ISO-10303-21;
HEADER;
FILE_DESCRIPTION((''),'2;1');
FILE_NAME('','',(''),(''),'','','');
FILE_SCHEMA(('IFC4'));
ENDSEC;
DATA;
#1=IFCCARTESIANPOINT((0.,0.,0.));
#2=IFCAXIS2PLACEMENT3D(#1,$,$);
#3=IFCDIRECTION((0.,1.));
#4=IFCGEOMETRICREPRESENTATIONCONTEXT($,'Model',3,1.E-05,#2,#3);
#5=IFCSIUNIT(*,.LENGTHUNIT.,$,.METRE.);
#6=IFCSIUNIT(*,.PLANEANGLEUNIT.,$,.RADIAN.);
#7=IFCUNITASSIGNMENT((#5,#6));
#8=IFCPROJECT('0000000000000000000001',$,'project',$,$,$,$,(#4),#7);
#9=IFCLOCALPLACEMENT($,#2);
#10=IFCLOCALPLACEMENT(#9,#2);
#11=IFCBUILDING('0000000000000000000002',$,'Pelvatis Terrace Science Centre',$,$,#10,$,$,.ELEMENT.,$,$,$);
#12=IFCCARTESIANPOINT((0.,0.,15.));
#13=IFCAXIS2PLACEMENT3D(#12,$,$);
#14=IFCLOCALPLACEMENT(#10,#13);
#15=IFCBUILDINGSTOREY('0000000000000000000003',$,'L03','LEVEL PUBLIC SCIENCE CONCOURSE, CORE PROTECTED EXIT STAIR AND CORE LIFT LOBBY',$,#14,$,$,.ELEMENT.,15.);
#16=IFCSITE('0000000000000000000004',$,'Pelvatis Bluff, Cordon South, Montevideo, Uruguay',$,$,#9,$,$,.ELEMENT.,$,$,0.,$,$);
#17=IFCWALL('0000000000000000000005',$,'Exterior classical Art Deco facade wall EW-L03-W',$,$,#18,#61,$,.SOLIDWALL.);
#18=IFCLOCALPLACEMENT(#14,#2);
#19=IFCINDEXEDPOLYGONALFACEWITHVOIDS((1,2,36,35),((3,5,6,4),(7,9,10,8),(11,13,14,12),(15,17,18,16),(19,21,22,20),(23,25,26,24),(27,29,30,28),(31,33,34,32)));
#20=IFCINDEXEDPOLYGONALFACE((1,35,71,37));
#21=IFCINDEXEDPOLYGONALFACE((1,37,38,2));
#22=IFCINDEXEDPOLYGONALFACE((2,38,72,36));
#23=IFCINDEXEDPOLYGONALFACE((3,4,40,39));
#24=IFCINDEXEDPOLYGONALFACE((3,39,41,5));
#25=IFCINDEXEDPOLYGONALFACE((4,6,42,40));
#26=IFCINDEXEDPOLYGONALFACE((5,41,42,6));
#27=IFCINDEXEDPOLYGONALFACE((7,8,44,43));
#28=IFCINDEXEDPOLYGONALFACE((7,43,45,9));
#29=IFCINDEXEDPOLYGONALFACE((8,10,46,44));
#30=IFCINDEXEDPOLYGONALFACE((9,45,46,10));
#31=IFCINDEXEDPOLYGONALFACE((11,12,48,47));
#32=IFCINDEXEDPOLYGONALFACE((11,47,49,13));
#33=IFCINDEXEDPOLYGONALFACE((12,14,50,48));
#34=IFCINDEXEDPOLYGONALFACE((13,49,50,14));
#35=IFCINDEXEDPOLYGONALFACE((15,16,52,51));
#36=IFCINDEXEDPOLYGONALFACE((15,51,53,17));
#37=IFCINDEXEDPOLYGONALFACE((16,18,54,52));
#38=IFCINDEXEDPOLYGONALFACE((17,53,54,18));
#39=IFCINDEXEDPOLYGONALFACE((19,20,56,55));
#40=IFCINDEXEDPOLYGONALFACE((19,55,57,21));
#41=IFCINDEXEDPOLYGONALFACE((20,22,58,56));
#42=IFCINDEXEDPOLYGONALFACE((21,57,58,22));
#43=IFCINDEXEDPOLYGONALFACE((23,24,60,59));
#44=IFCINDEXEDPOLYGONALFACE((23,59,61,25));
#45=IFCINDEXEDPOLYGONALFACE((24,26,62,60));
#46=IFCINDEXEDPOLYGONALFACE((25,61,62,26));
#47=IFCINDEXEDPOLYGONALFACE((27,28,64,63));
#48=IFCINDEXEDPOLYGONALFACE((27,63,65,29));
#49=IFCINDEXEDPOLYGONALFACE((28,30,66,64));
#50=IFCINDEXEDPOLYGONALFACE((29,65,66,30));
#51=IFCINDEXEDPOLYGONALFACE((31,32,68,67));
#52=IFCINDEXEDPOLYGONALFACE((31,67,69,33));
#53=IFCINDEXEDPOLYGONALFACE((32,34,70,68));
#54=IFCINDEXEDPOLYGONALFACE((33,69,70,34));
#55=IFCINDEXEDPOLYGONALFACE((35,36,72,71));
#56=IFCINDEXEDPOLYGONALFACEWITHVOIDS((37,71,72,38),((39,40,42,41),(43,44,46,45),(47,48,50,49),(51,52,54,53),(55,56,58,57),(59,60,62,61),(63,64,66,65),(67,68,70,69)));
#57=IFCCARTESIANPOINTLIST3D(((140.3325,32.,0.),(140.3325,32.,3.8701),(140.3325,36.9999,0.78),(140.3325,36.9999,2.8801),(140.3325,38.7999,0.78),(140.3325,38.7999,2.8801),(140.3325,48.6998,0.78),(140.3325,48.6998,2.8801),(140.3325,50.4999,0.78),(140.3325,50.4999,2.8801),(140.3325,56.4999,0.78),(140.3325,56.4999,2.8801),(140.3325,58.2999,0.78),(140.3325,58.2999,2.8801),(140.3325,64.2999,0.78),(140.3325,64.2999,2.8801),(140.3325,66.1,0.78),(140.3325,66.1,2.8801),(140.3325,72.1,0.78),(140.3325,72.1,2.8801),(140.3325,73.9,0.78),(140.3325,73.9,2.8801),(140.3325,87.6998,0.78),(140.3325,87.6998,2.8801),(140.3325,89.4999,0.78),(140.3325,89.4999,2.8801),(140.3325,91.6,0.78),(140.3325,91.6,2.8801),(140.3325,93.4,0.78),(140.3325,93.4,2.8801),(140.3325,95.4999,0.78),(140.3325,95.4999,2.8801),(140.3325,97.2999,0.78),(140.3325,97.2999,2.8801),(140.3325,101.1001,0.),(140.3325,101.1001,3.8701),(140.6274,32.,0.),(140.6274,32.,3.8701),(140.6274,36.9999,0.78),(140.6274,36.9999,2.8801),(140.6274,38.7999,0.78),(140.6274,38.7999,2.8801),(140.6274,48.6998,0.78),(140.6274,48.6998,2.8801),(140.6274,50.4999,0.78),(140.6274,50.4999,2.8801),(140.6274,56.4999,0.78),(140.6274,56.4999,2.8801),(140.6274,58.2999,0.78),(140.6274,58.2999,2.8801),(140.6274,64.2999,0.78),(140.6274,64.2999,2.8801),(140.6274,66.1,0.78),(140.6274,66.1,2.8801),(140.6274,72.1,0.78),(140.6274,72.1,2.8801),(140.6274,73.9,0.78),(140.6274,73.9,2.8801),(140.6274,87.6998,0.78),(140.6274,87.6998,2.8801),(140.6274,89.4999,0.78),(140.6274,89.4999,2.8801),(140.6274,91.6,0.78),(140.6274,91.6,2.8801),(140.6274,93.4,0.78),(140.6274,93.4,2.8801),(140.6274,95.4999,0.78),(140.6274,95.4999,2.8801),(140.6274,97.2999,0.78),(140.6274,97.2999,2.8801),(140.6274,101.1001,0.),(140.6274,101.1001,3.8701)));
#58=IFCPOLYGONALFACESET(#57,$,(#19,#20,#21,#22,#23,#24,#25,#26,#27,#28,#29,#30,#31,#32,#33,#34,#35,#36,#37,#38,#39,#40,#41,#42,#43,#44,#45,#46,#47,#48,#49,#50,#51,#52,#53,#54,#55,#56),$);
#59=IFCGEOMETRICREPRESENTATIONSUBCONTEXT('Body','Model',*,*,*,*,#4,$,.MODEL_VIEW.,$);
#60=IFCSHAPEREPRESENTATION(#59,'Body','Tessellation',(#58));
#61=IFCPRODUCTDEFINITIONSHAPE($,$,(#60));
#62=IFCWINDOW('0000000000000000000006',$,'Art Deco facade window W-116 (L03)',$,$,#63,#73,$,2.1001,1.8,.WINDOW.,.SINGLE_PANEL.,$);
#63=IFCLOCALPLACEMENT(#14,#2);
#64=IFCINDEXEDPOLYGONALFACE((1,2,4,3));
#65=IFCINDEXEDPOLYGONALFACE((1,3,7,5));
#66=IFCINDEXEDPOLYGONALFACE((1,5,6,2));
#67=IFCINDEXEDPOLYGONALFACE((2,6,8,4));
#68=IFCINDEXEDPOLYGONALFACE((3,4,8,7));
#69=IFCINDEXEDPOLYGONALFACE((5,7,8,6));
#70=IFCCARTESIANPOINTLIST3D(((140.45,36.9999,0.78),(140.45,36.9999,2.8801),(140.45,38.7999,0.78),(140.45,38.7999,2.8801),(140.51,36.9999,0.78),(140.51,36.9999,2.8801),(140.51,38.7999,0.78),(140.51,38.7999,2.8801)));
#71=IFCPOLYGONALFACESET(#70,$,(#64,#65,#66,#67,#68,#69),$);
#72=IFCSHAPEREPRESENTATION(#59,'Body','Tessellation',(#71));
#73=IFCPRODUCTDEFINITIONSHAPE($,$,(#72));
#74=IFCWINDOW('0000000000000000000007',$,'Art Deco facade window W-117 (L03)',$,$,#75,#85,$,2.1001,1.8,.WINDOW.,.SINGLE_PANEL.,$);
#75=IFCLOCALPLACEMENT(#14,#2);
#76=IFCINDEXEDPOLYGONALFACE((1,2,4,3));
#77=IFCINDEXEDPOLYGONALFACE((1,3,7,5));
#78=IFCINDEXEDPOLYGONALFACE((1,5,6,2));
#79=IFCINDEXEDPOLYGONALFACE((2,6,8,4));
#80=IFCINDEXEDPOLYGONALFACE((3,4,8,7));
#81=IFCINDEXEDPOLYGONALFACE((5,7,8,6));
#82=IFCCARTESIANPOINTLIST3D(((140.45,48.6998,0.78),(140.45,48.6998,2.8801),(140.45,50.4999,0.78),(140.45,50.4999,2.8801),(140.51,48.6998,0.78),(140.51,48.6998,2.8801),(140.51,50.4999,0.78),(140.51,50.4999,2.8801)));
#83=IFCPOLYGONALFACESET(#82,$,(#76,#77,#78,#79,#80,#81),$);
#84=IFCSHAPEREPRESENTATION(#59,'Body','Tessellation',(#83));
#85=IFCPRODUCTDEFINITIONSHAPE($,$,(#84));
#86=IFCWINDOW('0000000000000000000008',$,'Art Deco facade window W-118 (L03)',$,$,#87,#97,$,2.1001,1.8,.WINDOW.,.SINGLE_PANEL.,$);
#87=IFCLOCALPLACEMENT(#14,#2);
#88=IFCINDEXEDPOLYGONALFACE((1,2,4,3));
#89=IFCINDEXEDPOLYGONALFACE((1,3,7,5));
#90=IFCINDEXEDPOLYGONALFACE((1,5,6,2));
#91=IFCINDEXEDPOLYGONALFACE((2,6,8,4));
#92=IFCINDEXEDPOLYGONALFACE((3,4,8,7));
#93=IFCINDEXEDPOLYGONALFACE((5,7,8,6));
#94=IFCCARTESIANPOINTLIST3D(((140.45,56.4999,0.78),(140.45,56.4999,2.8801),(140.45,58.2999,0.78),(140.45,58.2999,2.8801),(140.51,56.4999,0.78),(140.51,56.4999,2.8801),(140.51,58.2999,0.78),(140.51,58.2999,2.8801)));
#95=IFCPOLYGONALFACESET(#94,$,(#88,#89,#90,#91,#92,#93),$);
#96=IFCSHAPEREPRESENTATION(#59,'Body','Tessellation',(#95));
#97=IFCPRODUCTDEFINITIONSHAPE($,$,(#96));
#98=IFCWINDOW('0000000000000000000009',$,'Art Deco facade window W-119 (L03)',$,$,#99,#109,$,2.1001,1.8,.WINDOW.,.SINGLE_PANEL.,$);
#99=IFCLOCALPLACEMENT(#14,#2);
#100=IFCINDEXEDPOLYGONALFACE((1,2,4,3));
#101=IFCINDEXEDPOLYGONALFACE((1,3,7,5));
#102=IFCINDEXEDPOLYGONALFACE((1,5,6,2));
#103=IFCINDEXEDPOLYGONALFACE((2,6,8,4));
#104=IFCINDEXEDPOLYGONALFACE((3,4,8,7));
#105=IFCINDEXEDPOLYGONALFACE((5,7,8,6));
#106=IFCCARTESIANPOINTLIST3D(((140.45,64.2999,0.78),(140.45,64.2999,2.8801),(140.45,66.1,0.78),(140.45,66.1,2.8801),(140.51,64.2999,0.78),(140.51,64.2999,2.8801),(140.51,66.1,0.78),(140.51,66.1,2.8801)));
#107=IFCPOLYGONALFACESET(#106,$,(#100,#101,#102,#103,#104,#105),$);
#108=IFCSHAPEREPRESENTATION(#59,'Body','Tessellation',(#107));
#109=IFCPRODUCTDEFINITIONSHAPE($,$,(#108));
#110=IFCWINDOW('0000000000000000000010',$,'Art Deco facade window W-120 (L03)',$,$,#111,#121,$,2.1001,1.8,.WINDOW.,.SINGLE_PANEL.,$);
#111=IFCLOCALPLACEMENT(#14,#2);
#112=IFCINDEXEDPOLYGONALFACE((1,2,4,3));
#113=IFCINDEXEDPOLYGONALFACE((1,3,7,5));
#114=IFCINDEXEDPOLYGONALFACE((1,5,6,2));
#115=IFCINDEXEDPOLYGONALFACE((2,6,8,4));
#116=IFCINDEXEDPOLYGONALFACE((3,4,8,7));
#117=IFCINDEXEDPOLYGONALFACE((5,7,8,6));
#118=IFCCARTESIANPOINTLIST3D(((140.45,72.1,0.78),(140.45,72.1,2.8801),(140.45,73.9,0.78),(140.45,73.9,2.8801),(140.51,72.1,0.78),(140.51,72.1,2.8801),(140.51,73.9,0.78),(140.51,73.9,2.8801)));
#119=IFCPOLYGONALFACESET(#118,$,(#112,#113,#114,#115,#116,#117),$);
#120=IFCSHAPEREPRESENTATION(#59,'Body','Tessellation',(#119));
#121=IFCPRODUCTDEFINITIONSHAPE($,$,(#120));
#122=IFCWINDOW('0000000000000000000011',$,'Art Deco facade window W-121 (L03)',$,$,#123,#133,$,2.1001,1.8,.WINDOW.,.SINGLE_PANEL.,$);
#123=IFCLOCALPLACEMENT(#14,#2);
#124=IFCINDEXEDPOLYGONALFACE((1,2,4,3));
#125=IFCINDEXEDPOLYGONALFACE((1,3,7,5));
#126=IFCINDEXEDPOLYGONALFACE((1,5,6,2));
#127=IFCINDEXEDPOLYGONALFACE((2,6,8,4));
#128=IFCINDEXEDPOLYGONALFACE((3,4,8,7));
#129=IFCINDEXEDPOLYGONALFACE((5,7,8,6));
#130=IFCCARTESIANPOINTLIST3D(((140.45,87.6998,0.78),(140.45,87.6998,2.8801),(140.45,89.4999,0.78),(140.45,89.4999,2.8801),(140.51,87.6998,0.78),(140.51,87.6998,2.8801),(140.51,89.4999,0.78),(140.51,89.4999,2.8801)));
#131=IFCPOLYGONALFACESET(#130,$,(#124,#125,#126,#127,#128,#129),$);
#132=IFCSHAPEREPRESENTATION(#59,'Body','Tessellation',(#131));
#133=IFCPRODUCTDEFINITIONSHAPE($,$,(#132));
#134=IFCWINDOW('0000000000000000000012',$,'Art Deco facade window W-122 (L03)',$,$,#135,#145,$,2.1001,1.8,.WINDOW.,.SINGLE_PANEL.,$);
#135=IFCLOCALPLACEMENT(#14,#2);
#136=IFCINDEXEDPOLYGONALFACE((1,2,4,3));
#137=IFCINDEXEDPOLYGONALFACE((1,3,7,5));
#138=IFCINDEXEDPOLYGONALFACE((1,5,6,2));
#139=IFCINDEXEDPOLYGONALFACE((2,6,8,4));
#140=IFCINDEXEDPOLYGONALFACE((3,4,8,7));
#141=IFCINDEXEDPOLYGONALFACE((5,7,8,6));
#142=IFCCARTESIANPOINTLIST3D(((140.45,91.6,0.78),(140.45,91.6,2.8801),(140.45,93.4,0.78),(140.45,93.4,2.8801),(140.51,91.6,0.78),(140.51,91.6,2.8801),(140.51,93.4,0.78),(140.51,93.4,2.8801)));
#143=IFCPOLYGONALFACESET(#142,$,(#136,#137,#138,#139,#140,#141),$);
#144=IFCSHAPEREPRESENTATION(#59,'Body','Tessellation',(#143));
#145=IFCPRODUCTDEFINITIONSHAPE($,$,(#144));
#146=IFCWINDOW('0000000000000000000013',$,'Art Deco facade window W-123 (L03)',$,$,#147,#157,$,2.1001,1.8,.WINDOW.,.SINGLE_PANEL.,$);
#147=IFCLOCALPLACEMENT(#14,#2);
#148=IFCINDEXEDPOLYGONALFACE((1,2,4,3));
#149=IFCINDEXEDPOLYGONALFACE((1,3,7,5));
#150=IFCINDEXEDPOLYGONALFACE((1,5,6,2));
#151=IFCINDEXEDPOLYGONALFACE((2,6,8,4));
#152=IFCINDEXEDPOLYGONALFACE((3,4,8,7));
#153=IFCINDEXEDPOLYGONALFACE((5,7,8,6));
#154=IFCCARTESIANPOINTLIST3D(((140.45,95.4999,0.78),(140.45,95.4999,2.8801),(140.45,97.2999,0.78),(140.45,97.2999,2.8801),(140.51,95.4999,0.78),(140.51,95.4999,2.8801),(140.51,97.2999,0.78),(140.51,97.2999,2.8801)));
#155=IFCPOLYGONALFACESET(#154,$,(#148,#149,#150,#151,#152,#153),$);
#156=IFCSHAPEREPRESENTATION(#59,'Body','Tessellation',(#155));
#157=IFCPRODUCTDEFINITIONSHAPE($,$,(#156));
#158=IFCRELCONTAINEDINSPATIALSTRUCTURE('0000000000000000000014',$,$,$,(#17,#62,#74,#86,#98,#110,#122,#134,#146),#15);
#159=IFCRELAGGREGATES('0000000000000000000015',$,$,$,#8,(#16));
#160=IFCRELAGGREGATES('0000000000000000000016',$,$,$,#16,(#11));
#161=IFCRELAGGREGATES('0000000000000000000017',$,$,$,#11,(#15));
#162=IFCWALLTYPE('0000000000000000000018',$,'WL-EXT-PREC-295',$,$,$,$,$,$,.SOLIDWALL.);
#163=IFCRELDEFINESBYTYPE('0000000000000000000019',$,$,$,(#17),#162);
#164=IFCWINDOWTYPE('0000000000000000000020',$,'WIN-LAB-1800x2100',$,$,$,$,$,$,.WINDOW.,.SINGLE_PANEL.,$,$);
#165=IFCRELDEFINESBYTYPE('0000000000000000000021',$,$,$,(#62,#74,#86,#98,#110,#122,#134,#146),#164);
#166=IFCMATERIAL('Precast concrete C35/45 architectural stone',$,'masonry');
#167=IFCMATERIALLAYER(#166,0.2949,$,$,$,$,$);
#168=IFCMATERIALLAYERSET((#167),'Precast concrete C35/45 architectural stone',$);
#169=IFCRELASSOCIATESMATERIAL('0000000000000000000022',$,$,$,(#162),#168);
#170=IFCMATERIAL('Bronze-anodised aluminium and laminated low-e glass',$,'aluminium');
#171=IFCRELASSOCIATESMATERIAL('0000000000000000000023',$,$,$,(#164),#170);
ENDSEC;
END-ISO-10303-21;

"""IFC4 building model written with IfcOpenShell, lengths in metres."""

from ifc_helpers import new_model, si_unit, direction, frame, frame_2d, origin, place, context, subcontext, project, spatial, rectangle, extrude, material, layer, layer_set, type_object, element, fill, save


model = new_model("IFC4")

# Units and contexts
model_context = context("Model", 3, precision=1e-05, world=origin(), true_north=direction((0.0, 1.0)))
body_context = subcontext(model_context, "Body", "Model", "MODEL_VIEW")
ifc_project = project(units=[si_unit("LENGTHUNIT", "METRE"), si_unit("PLANEANGLEUNIT", "RADIAN")], contexts=[model_context])

# Site, building, storey
site_placement = place(None, origin())
site = spatial("IfcSite", under=ifc_project, at=site_placement, Name="Pelvatis Bluff, Cordon South, Montevideo, Uruguay", CompositionType="ELEMENT", RefElevation=0.0)
building_placement = place(site_placement, origin())
building = spatial("IfcBuilding", under=site, at=building_placement, Name="Pelvatis Terrace Science Centre", CompositionType="ELEMENT")
storey_placement = place(building_placement, frame((0.0, 0.0, 15.0)))
storey = spatial("IfcBuildingStorey", under=building, at=storey_placement, Name="L03", Description="LEVEL PUBLIC SCIENCE CONCOURSE, CORE PROTECTED EXIT STAIR AND CORE LIFT LOBBY", CompositionType="ELEMENT", Elevation=15.0)

# Wall, openings, windows
ifc_material_1 = material(Name="Precast concrete C35/45 architectural stone", Category="masonry")
ifc_layer_1 = layer(ifc_material_1, 0.2949)
ifc_layer_set_1 = layer_set([ifc_layer_1], Name="Precast concrete C35/45 architectural stone")
wall_type_1 = type_object("IfcWallType", Name="WL-EXT-PREC-295", PredefinedType="SOLIDWALL", material=ifc_layer_set_1)
wall_1_placement = place(storey_placement, frame((140.48, 32.0, 0.0), z_axis=(0.0, 0.0, 1.0), x_axis=(0.0, 1.0, 0.0)))
wall_1 = element("IfcWall", 1, at=wall_1_placement, inside=storey, type_object=wall_type_1, Name="Exterior classical Art Deco facade wall EW-L03-W", PredefinedType="SOLIDWALL", context=body_context, shape_type="SweptSolid", body=[
    extrude(rectangle(XDim=69.1001, YDim=0.2949, at=frame_2d((34.55, 0.0))), origin(), (0.0, 0.0, 1.0), 3.8701),
])
opening_1_placement = place(wall_1_placement, frame((5.0, 0.0, 0.78)))
opening_1 = element("IfcOpeningElement", 2, at=opening_1_placement, cuts=wall_1, PredefinedType="OPENING", context=body_context, shape_type="SweptSolid", body=[
    extrude(rectangle(XDim=1.8, YDim=2.1001, at=frame_2d((0.8999, 1.05))), frame((0.0, 0.1575, 0.0), z_axis=(0.0, -1.0, 0.0), x_axis=(1.0, 0.0, 0.0)), (0.0, 0.0, 1.0), 0.3149),
])
opening_2_placement = place(wall_1_placement, frame((16.7, 0.0, 0.78)))
opening_2 = element("IfcOpeningElement", 3, at=opening_2_placement, cuts=wall_1, PredefinedType="OPENING", context=body_context, shape_type="SweptSolid", body=[
    extrude(rectangle(XDim=1.8, YDim=2.1001, at=frame_2d((0.8999, 1.05))), frame((0.0, 0.1575, 0.0), z_axis=(0.0, -1.0, 0.0), x_axis=(1.0, 0.0, 0.0)), (0.0, 0.0, 1.0), 0.3149),
])
opening_3_placement = place(wall_1_placement, frame((24.5, 0.0, 0.78)))
opening_3 = element("IfcOpeningElement", 4, at=opening_3_placement, cuts=wall_1, PredefinedType="OPENING", context=body_context, shape_type="SweptSolid", body=[
    extrude(rectangle(XDim=1.8, YDim=2.1001, at=frame_2d((0.8999, 1.05))), frame((0.0, 0.1575, 0.0), z_axis=(0.0, -1.0, 0.0), x_axis=(1.0, 0.0, 0.0)), (0.0, 0.0, 1.0), 0.3149),
])
opening_4_placement = place(wall_1_placement, frame((32.3, 0.0, 0.78)))
opening_4 = element("IfcOpeningElement", 5, at=opening_4_placement, cuts=wall_1, PredefinedType="OPENING", context=body_context, shape_type="SweptSolid", body=[
    extrude(rectangle(XDim=1.8, YDim=2.1001, at=frame_2d((0.8999, 1.05))), frame((0.0, 0.1575, 0.0), z_axis=(0.0, -1.0, 0.0), x_axis=(1.0, 0.0, 0.0)), (0.0, 0.0, 1.0), 0.3149),
])
opening_5_placement = place(wall_1_placement, frame((40.1001, 0.0, 0.78)))
opening_5 = element("IfcOpeningElement", 6, at=opening_5_placement, cuts=wall_1, PredefinedType="OPENING", context=body_context, shape_type="SweptSolid", body=[
    extrude(rectangle(XDim=1.8, YDim=2.1001, at=frame_2d((0.8999, 1.05))), frame((0.0, 0.1575, 0.0), z_axis=(0.0, -1.0, 0.0), x_axis=(1.0, 0.0, 0.0)), (0.0, 0.0, 1.0), 0.3149),
])
opening_6_placement = place(wall_1_placement, frame((55.7, 0.0, 0.78)))
opening_6 = element("IfcOpeningElement", 7, at=opening_6_placement, cuts=wall_1, PredefinedType="OPENING", context=body_context, shape_type="SweptSolid", body=[
    extrude(rectangle(XDim=1.8, YDim=2.1001, at=frame_2d((0.8999, 1.05))), frame((0.0, 0.1575, 0.0), z_axis=(0.0, -1.0, 0.0), x_axis=(1.0, 0.0, 0.0)), (0.0, 0.0, 1.0), 0.3149),
])
opening_7_placement = place(wall_1_placement, frame((59.6001, 0.0, 0.78)))
opening_7 = element("IfcOpeningElement", 8, at=opening_7_placement, cuts=wall_1, PredefinedType="OPENING", context=body_context, shape_type="SweptSolid", body=[
    extrude(rectangle(XDim=1.8, YDim=2.1001, at=frame_2d((0.8999, 1.05))), frame((0.0, 0.1575, 0.0), z_axis=(0.0, -1.0, 0.0), x_axis=(1.0, 0.0, 0.0)), (0.0, 0.0, 1.0), 0.3149),
])
opening_8_placement = place(wall_1_placement, frame((63.5, 0.0, 0.78)))
opening_8 = element("IfcOpeningElement", 9, at=opening_8_placement, cuts=wall_1, PredefinedType="OPENING", context=body_context, shape_type="SweptSolid", body=[
    extrude(rectangle(XDim=1.8, YDim=2.1001, at=frame_2d((0.8999, 1.05))), frame((0.0, 0.1575, 0.0), z_axis=(0.0, -1.0, 0.0), x_axis=(1.0, 0.0, 0.0)), (0.0, 0.0, 1.0), 0.3149),
])
ifc_material_2 = material(Name="Bronze-anodised aluminium and laminated low-e glass", Category="aluminium")
window_type = type_object("IfcWindowType", Name="WIN-LAB-1800x2100", PartitioningType="SINGLE_PANEL", PredefinedType="WINDOW", material=ifc_material_2)
window_1_placement = place(opening_1_placement, origin())
window_1 = element("IfcWindow", 10, at=window_1_placement, inside=storey, type_object=window_type, Name="Art Deco facade window W-116 (L03)", OverallHeight=2.1001, OverallWidth=1.8, PartitioningType="SINGLE_PANEL", PredefinedType="WINDOW", context=body_context, shape_type="SweptSolid", body=[
    extrude(rectangle(XDim=1.8, YDim=2.1001, at=frame_2d((0.8999, 1.05))), frame((0.0, 0.03, 0.0), z_axis=(0.0, -1.0, 0.0), x_axis=(1.0, 0.0, 0.0)), (0.0, 0.0, 1.0), 0.0601),
])
fill(opening_1, window_1)
window_2_placement = place(opening_2_placement, origin())
window_2 = element("IfcWindow", 11, at=window_2_placement, inside=storey, type_object=window_type, Name="Art Deco facade window W-117 (L03)", OverallHeight=2.1001, OverallWidth=1.8, PartitioningType="SINGLE_PANEL", PredefinedType="WINDOW", context=body_context, shape_type="SweptSolid", body=[
    extrude(rectangle(XDim=1.8, YDim=2.1001, at=frame_2d((0.8999, 1.05))), frame((0.0, 0.03, 0.0), z_axis=(0.0, -1.0, 0.0), x_axis=(1.0, 0.0, 0.0)), (0.0, 0.0, 1.0), 0.0601),
])
fill(opening_2, window_2)
window_3_placement = place(opening_3_placement, origin())
window_3 = element("IfcWindow", 12, at=window_3_placement, inside=storey, type_object=window_type, Name="Art Deco facade window W-118 (L03)", OverallHeight=2.1001, OverallWidth=1.8, PartitioningType="SINGLE_PANEL", PredefinedType="WINDOW", context=body_context, shape_type="SweptSolid", body=[
    extrude(rectangle(XDim=1.8, YDim=2.1001, at=frame_2d((0.8999, 1.05))), frame((0.0, 0.03, 0.0), z_axis=(0.0, -1.0, 0.0), x_axis=(1.0, 0.0, 0.0)), (0.0, 0.0, 1.0), 0.0601),
])
fill(opening_3, window_3)
window_4_placement = place(opening_4_placement, origin())
window_4 = element("IfcWindow", 13, at=window_4_placement, inside=storey, type_object=window_type, Name="Art Deco facade window W-119 (L03)", OverallHeight=2.1001, OverallWidth=1.8, PartitioningType="SINGLE_PANEL", PredefinedType="WINDOW", context=body_context, shape_type="SweptSolid", body=[
    extrude(rectangle(XDim=1.8, YDim=2.1001, at=frame_2d((0.8999, 1.05))), frame((0.0, 0.03, 0.0), z_axis=(0.0, -1.0, 0.0), x_axis=(1.0, 0.0, 0.0)), (0.0, 0.0, 1.0), 0.0601),
])
fill(opening_4, window_4)
window_5_placement = place(opening_5_placement, origin())
window_5 = element("IfcWindow", 14, at=window_5_placement, inside=storey, type_object=window_type, Name="Art Deco facade window W-120 (L03)", OverallHeight=2.1001, OverallWidth=1.8, PartitioningType="SINGLE_PANEL", PredefinedType="WINDOW", context=body_context, shape_type="SweptSolid", body=[
    extrude(rectangle(XDim=1.8, YDim=2.1001, at=frame_2d((0.8999, 1.05))), frame((0.0, 0.03, 0.0), z_axis=(0.0, -1.0, 0.0), x_axis=(1.0, 0.0, 0.0)), (0.0, 0.0, 1.0), 0.0601),
])
fill(opening_5, window_5)
window_6_placement = place(opening_6_placement, origin())
window_6 = element("IfcWindow", 15, at=window_6_placement, inside=storey, type_object=window_type, Name="Art Deco facade window W-121 (L03)", OverallHeight=2.1001, OverallWidth=1.8, PartitioningType="SINGLE_PANEL", PredefinedType="WINDOW", context=body_context, shape_type="SweptSolid", body=[
    extrude(rectangle(XDim=1.8, YDim=2.1001, at=frame_2d((0.8999, 1.05))), frame((0.0, 0.03, 0.0), z_axis=(0.0, -1.0, 0.0), x_axis=(1.0, 0.0, 0.0)), (0.0, 0.0, 1.0), 0.0601),
])
fill(opening_6, window_6)
window_7_placement = place(opening_7_placement, origin())
window_7 = element("IfcWindow", 16, at=window_7_placement, inside=storey, type_object=window_type, Name="Art Deco facade window W-122 (L03)", OverallHeight=2.1001, OverallWidth=1.8, PartitioningType="SINGLE_PANEL", PredefinedType="WINDOW", context=body_context, shape_type="SweptSolid", body=[
    extrude(rectangle(XDim=1.8, YDim=2.1001, at=frame_2d((0.8999, 1.05))), frame((0.0, 0.03, 0.0), z_axis=(0.0, -1.0, 0.0), x_axis=(1.0, 0.0, 0.0)), (0.0, 0.0, 1.0), 0.0601),
])
fill(opening_7, window_7)
window_8_placement = place(opening_8_placement, origin())
window_8 = element("IfcWindow", 17, at=window_8_placement, inside=storey, type_object=window_type, Name="Art Deco facade window W-123 (L03)", OverallHeight=2.1001, OverallWidth=1.8, PartitioningType="SINGLE_PANEL", PredefinedType="WINDOW", context=body_context, shape_type="SweptSolid", body=[
    extrude(rectangle(XDim=1.8, YDim=2.1001, at=frame_2d((0.8999, 1.05))), frame((0.0, 0.03, 0.0), z_axis=(0.0, -1.0, 0.0), x_axis=(1.0, 0.0, 0.0)), (0.0, 0.0, 1.0), 0.0601),
])
fill(opening_8, window_8)

save(model, "model.ifc")
